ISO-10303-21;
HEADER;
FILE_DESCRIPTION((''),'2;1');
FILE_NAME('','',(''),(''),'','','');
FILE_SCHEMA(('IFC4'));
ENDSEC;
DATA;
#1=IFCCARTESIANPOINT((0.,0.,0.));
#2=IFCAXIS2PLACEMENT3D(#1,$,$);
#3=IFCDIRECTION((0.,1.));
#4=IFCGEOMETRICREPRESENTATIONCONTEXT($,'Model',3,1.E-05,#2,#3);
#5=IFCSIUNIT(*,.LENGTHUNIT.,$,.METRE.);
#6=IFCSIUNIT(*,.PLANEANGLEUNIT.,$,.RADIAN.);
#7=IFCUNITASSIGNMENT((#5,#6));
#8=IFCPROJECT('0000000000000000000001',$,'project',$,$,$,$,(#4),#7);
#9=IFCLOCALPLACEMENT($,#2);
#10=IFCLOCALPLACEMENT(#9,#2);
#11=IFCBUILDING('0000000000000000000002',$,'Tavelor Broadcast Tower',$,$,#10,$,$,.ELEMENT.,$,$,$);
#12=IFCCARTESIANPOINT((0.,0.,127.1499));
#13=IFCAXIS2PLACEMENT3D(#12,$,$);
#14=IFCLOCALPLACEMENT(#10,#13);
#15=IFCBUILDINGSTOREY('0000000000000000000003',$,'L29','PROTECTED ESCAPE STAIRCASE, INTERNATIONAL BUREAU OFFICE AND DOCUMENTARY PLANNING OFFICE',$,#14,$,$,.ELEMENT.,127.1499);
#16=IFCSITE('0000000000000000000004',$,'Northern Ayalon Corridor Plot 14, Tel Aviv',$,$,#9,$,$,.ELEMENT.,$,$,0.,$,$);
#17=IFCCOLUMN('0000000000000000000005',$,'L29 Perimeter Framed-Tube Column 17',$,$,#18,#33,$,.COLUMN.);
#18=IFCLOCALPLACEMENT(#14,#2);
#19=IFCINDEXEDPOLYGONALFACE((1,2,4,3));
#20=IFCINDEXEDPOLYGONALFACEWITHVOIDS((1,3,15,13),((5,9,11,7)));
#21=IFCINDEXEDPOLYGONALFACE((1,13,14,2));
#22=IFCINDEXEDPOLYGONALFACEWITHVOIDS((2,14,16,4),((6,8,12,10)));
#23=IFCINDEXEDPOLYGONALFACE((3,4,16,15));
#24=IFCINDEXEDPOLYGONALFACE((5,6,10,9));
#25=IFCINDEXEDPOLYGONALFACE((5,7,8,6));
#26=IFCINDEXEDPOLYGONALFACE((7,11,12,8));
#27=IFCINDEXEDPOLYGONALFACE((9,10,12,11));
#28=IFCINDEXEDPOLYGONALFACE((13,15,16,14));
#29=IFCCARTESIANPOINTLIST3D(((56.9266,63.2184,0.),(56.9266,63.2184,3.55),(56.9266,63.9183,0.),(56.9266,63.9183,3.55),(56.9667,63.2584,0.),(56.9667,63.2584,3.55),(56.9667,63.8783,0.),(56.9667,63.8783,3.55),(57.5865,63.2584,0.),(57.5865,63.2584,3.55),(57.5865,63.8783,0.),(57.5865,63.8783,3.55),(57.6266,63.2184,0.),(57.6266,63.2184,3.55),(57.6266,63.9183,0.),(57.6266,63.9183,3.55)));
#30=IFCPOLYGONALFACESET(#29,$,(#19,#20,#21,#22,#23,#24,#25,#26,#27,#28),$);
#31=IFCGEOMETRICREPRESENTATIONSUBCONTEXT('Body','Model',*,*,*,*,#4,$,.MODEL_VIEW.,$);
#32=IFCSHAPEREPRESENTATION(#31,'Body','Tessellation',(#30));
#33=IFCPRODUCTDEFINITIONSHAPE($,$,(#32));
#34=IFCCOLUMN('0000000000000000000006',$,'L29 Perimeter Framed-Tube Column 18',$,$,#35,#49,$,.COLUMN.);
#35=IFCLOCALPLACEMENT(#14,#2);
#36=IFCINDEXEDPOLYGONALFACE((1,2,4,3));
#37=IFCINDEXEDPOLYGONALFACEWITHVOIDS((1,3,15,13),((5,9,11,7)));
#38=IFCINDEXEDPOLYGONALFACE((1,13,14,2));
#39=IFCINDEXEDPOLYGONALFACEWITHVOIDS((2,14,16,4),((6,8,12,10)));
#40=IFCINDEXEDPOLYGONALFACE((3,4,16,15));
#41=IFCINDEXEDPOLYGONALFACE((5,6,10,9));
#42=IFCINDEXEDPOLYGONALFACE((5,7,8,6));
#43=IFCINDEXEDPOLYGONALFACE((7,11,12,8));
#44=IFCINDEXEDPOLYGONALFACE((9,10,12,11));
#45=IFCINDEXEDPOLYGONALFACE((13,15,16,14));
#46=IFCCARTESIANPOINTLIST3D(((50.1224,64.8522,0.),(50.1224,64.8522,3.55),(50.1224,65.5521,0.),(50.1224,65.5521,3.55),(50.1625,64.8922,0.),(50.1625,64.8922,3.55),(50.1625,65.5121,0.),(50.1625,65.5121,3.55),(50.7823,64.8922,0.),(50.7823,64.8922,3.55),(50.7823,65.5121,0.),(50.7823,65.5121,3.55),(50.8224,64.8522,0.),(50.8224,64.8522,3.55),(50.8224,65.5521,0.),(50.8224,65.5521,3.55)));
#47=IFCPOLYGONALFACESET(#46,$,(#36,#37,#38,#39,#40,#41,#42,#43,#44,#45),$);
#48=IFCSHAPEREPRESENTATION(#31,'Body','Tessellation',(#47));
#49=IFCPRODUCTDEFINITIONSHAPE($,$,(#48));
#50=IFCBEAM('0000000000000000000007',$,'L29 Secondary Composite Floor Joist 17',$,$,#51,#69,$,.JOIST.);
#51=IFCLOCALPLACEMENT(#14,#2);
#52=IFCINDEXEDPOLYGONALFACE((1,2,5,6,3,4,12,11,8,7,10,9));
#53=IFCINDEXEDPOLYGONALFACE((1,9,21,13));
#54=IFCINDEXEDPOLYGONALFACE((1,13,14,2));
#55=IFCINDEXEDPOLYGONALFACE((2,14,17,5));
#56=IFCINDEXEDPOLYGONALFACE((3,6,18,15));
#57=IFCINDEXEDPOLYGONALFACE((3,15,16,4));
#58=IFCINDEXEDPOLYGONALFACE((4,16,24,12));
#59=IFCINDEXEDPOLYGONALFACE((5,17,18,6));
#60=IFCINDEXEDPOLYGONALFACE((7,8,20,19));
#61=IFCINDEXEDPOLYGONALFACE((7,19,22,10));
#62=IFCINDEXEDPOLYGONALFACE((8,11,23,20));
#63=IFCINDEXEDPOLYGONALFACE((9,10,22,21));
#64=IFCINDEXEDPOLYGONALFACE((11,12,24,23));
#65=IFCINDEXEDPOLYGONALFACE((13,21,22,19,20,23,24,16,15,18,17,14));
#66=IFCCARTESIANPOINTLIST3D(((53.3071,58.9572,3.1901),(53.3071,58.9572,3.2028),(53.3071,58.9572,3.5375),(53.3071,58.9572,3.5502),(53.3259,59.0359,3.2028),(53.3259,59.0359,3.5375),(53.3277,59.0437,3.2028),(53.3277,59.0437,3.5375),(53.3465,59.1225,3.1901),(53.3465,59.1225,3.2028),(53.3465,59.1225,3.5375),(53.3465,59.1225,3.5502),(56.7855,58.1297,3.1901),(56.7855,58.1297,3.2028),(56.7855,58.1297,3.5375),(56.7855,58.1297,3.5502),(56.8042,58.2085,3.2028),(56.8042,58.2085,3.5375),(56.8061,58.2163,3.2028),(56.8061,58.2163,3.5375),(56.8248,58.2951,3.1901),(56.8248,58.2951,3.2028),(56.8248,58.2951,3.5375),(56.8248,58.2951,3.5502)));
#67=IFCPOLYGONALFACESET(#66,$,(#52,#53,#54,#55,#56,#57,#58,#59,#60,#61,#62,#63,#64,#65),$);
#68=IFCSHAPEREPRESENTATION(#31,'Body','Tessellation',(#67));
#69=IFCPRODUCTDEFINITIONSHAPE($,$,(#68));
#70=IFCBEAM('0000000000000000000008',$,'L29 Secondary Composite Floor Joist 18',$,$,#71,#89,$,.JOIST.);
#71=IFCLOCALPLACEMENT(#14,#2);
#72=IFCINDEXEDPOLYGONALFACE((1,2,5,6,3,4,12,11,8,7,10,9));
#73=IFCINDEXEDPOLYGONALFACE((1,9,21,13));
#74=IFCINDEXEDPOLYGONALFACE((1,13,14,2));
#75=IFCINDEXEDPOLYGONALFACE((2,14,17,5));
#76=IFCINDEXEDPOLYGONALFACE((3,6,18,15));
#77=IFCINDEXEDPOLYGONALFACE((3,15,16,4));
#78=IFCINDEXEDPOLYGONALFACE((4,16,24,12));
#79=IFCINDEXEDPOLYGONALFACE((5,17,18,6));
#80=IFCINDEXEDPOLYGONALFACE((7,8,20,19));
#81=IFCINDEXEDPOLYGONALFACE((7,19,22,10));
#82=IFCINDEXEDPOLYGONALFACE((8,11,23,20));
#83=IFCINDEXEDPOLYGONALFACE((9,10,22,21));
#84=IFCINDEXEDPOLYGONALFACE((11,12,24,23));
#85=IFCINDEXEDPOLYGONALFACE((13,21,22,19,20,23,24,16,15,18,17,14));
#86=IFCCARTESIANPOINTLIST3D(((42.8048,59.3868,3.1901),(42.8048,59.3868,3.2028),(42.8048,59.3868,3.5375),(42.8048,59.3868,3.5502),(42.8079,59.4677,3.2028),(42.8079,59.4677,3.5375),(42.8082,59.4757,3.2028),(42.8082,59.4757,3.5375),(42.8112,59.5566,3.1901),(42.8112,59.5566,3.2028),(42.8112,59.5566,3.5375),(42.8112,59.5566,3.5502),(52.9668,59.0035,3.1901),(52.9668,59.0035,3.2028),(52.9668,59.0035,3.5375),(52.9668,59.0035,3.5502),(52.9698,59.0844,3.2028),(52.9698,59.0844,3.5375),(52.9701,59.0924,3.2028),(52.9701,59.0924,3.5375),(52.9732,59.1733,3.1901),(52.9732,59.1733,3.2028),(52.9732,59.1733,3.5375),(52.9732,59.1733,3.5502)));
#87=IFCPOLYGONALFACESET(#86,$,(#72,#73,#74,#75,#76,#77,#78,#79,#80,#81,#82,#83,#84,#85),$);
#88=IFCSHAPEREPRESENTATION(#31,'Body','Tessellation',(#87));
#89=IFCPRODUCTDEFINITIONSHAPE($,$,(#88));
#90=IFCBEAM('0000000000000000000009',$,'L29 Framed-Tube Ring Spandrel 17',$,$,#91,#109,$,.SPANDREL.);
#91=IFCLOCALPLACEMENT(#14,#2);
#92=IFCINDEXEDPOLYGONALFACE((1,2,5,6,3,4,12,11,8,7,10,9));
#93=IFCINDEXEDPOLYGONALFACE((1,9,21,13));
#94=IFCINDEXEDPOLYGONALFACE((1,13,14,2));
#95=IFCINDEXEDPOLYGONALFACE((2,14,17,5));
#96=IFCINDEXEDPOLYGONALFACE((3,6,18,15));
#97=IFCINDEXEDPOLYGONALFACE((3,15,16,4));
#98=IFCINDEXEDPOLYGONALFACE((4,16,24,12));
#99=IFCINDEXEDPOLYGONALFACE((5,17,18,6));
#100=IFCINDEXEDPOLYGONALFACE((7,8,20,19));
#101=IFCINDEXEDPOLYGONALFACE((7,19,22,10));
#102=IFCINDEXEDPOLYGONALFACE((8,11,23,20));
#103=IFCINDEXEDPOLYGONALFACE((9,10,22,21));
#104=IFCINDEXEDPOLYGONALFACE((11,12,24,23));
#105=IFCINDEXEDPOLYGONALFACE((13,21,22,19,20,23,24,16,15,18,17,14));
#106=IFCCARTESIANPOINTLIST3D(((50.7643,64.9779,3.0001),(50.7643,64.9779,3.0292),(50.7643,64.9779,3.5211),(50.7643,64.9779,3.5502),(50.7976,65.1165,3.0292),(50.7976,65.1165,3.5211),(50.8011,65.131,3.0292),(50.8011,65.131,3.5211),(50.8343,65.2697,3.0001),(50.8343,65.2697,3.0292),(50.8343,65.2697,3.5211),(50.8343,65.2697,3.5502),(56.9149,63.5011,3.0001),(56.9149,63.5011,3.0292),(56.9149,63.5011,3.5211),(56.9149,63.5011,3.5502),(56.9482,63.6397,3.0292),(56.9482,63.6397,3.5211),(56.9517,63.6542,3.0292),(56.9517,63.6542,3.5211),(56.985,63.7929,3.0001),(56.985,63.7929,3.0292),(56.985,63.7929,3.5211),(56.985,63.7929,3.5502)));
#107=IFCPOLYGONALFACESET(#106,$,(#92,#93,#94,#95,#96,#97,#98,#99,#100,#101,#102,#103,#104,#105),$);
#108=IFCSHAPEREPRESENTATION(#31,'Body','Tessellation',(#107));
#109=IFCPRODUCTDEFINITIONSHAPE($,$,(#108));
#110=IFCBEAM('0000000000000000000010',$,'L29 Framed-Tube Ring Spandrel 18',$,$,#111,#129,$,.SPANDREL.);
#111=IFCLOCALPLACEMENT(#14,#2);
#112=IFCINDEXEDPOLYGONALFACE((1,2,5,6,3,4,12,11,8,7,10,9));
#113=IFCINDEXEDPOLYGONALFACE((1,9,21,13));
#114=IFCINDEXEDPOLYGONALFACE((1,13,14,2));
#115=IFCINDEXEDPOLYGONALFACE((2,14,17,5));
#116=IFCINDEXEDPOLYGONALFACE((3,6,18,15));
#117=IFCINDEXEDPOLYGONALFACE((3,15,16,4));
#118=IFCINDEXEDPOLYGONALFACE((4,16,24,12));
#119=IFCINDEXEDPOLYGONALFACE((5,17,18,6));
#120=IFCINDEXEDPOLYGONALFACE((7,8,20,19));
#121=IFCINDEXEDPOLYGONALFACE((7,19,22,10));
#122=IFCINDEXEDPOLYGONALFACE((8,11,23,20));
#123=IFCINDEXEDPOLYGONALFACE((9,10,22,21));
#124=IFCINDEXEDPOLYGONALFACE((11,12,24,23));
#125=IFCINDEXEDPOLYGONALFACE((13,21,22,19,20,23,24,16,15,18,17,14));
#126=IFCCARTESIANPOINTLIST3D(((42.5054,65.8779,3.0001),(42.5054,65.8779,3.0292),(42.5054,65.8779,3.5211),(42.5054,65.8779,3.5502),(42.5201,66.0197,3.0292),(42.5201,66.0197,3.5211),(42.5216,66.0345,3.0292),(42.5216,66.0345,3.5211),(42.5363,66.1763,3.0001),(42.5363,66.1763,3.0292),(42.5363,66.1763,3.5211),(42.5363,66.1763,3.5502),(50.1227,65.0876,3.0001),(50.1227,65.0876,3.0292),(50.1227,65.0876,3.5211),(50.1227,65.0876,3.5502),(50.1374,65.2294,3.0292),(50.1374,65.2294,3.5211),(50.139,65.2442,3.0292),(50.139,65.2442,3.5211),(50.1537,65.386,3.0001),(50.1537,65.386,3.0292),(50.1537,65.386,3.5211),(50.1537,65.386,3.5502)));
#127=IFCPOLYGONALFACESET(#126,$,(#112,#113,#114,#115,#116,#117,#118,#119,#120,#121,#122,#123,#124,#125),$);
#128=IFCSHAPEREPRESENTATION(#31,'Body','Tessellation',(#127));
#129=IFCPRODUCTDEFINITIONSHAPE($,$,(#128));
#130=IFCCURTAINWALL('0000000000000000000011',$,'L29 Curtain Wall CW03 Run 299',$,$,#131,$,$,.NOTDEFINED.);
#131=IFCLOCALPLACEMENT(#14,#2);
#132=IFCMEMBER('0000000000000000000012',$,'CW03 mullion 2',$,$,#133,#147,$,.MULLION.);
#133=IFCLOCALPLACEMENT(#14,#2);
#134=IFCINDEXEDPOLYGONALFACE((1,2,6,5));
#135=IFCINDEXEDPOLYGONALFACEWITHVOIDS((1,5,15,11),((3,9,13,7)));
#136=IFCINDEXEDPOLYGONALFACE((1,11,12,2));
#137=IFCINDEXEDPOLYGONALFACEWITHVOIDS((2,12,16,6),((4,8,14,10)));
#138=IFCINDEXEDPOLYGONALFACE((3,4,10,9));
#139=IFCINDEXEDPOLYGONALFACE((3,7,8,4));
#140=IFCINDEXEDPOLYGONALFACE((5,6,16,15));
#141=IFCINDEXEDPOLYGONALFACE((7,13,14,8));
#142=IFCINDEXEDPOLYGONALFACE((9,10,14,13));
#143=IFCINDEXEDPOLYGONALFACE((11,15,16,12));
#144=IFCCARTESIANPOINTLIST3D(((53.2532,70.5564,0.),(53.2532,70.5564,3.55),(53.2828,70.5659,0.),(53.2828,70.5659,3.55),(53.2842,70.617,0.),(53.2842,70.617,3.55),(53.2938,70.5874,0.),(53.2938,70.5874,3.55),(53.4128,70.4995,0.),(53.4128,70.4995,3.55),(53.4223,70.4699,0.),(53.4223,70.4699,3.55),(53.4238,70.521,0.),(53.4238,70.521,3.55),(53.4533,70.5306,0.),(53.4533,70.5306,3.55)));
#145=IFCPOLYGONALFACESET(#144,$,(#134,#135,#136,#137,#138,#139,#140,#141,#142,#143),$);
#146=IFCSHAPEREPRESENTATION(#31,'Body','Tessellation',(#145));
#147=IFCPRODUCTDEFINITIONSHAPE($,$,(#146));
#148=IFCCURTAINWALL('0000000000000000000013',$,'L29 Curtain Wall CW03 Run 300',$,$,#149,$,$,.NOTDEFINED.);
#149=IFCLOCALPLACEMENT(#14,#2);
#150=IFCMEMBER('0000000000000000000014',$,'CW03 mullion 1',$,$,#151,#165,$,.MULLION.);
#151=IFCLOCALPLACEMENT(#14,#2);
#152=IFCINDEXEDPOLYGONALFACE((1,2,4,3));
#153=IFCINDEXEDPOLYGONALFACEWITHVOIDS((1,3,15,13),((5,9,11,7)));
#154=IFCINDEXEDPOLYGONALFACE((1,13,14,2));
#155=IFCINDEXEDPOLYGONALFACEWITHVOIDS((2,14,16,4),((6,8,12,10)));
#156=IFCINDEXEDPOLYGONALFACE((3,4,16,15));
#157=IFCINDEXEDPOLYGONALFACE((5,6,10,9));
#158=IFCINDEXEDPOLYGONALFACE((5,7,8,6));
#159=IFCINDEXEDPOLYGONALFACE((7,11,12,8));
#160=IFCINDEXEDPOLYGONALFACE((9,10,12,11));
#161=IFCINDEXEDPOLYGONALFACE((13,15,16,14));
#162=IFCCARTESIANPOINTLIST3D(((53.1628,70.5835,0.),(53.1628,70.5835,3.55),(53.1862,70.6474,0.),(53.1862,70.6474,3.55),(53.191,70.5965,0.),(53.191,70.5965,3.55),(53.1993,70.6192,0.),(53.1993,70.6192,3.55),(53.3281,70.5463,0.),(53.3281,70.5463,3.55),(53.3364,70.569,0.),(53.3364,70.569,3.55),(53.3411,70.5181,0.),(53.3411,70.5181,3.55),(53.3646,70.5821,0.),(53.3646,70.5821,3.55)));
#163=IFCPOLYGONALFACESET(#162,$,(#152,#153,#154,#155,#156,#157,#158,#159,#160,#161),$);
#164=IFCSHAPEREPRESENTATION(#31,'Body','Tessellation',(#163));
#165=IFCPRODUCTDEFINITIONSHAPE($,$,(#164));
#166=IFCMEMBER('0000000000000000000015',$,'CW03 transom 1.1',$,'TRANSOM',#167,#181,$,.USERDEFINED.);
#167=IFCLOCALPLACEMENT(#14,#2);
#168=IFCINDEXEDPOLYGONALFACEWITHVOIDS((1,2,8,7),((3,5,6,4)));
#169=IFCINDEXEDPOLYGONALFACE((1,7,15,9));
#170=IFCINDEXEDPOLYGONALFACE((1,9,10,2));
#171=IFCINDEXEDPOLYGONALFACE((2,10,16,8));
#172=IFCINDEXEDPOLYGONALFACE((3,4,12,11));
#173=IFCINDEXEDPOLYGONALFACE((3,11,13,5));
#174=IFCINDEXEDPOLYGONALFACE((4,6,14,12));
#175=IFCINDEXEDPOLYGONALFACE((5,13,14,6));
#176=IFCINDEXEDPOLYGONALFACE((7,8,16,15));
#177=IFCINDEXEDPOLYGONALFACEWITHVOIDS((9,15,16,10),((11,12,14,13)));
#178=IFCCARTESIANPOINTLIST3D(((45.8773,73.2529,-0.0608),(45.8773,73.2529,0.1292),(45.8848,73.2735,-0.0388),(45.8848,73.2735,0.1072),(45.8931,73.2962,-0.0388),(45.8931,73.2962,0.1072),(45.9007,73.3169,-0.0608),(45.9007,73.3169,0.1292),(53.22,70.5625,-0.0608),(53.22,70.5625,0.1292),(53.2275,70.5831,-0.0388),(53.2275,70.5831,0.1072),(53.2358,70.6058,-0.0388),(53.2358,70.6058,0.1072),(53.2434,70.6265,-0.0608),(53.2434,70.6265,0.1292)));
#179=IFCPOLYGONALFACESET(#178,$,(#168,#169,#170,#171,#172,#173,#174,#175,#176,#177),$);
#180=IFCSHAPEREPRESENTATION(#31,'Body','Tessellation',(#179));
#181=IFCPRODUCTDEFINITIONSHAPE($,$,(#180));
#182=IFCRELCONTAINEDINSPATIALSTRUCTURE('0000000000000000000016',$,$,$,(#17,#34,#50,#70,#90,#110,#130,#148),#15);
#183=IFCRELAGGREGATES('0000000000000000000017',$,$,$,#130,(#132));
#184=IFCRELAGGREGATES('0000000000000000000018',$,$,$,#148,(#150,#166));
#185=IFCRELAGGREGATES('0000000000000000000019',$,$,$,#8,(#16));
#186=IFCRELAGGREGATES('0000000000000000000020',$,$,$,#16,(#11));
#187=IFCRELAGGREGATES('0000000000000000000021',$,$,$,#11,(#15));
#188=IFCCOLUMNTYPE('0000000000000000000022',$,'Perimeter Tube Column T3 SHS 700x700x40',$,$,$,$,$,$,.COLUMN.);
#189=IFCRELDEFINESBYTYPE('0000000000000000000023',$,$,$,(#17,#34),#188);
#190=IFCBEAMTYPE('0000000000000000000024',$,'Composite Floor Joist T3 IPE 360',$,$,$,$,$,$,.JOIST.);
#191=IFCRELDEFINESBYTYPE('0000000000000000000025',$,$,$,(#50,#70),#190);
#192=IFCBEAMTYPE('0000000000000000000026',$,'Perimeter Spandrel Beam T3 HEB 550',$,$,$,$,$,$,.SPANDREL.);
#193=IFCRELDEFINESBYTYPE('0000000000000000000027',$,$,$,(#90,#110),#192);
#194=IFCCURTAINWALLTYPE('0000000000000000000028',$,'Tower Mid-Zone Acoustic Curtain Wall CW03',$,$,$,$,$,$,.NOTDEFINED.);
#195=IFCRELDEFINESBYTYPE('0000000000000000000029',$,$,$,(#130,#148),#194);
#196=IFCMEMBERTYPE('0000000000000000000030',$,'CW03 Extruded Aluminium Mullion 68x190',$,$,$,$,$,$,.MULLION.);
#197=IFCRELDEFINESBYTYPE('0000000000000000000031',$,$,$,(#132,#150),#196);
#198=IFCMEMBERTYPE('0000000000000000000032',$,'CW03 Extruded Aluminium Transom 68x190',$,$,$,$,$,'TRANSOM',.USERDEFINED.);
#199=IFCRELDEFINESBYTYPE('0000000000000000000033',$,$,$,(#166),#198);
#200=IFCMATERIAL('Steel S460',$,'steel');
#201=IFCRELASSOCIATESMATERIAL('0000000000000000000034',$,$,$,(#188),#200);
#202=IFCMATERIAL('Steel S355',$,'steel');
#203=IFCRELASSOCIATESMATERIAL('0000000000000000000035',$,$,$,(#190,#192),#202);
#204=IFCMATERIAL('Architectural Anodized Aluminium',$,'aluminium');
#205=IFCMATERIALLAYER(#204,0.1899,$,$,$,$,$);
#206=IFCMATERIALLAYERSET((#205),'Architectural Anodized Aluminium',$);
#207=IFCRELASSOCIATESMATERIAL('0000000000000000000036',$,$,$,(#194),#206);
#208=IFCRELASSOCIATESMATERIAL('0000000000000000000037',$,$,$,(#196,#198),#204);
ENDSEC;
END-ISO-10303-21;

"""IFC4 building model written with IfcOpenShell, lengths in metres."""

from ifc_helpers import new_model, si_unit, direction, frame, origin, origin_2d, place, context, subcontext, project, spatial, hollow_rectangle, i_section, extrude, source, transform, mapped, material, layer, layer_set, material_profile, profile_set, type_object, type_shapes, element, aggregate, save


model = new_model("IFC4")

# Units and contexts
model_context = context("Model", 3, precision=1e-05, world=origin(), true_north=direction((0.0, 1.0)))
body_context = subcontext(model_context, "Body", "Model", "MODEL_VIEW")
ifc_project = project(units=[si_unit("LENGTHUNIT", "METRE"), si_unit("PLANEANGLEUNIT", "RADIAN")], contexts=[model_context])

# Site, building, storey
site_placement = place(None, origin())
site = spatial("IfcSite", under=ifc_project, at=site_placement, Name="Northern Ayalon Corridor Plot 14, Tel Aviv", CompositionType="ELEMENT", RefElevation=0.0)
building_placement = place(site_placement, origin())
building = spatial("IfcBuilding", under=site, at=building_placement, Name="Tavelor Broadcast Tower", CompositionType="ELEMENT")
storey_placement = place(building_placement, frame((0.0, 0.0, 127.1499)))
storey = spatial("IfcBuildingStorey", under=building, at=storey_placement, Name="L29", Description="PROTECTED ESCAPE STAIRCASE, INTERNATIONAL BUREAU OFFICE AND DOCUMENTARY PLANNING OFFICE", CompositionType="ELEMENT", Elevation=127.1499)

# Columns
ifc_material_1 = material(Name="Steel S460", Category="steel")
ifc_material_profile_1 = material_profile(ifc_material_1, hollow_rectangle(XDim=0.7, YDim=0.7, WallThickness=0.04, at=origin_2d()), Name="SHS 700x700x40")
ifc_profile_set_1 = profile_set([ifc_material_profile_1], Name="Steel S460")
column_type = type_object("IfcColumnType", Name="Perimeter Tube Column T3 SHS 700x700x40", PredefinedType="COLUMN", material=ifc_profile_set_1)
for number, where, z_axis, x_axis, name in (
    (1, (57.2766, 63.5684, 0.0), (0.0, 0.0, 1.0), (1.0, 0.0, 0.0), "L29 Perimeter Framed-Tube Column 17"),
    (2, (50.4724, 65.2021, 0.0), (0.0, 0.0, 1.0), (1.0, 0.0, 0.0), "L29 Perimeter Framed-Tube Column 18"),
):
    element("IfcColumn", number, at=place(storey_placement, frame(where, z_axis=z_axis, x_axis=x_axis)), inside=storey, type_object=column_type, Name=name, PredefinedType="COLUMN", context=body_context, shape_type="SweptSolid", body=[
        extrude(hollow_rectangle(XDim=0.7, YDim=0.7, WallThickness=0.04, at=origin_2d()), origin(), (0.0, 0.0, 1.0), 3.55),
    ])

# Beams
ifc_material_2 = material(Name="Steel S355", Category="steel")
ifc_material_profile_2 = material_profile(ifc_material_2, i_section(OverallWidth=0.1699, OverallDepth=0.3601, WebThickness=0.0081, FlangeThickness=0.0127, at=origin_2d()), Name="IPE 360")
ifc_profile_set_2 = profile_set([ifc_material_profile_2], Name="Steel S355")
beam_type_1 = type_object("IfcBeamType", Name="Composite Floor Joist T3 IPE 360", PredefinedType="JOIST", material=ifc_profile_set_2)
beam_1_placement = place(storey_placement, frame((56.8052, 58.2124, 3.3701), z_axis=(-0.972855, 0.231417, 0.0), x_axis=(-0.231417, -0.972855, 0.0)))
element("IfcBeam", 3, at=beam_1_placement, inside=storey, type_object=beam_type_1, Name="L29 Secondary Composite Floor Joist 17", PredefinedType="JOIST", context=body_context, shape_type="SweptSolid", body=[
    extrude(i_section(OverallWidth=0.1699, OverallDepth=0.3601, WebThickness=0.0081, FlangeThickness=0.0127, at=origin_2d()), origin(), (0.0, 0.0, 1.0), 3.5754),
])
beam_2_placement = place(storey_placement, frame((52.97, 59.0884, 3.3701), z_axis=(-0.999289, 0.037693, 0.0), x_axis=(-0.037693, -0.999289, 0.0)))
element("IfcBeam", 4, at=beam_2_placement, inside=storey, type_object=beam_type_1, Name="L29 Secondary Composite Floor Joist 18", PredefinedType="JOIST", context=body_context, shape_type="SweptSolid", body=[
    extrude(i_section(OverallWidth=0.1699, OverallDepth=0.3601, WebThickness=0.0081, FlangeThickness=0.0127, at=origin_2d()), origin(), (0.0, 0.0, 1.0), 10.1692),
])
ifc_material_profile_3 = material_profile(ifc_material_2, i_section(OverallWidth=0.3, OverallDepth=0.55, WebThickness=0.0149, FlangeThickness=0.0291, at=origin_2d()), Name="HEB 550")
ifc_profile_set_3 = profile_set([ifc_material_profile_3], Name="Steel S355")
beam_type_2 = type_object("IfcBeamType", Name="Perimeter Spandrel Beam T3 HEB 550", PredefinedType="SPANDREL", material=ifc_profile_set_3)
beam_3_placement = place(storey_placement, frame((56.95, 63.647, 3.2751), z_axis=(-0.972364, 0.233471, 0.0), x_axis=(-0.233471, -0.972364, 0.0)))
element("IfcBeam", 5, at=beam_3_placement, inside=storey, type_object=beam_type_2, Name="L29 Framed-Tube Ring Spandrel 17", PredefinedType="SPANDREL", context=body_context, shape_type="SweptSolid", body=[
    extrude(i_section(OverallWidth=0.3, OverallDepth=0.55, WebThickness=0.0149, FlangeThickness=0.0291, at=origin_2d()), origin(), (0.0, 0.0, 1.0), 6.3254),
])
beam_4_placement = place(storey_placement, frame((50.1382, 65.2368, 3.2751), z_axis=(-0.994661, 0.103193, 0.0), x_axis=(-0.103193, -0.994661, 0.0)))
element("IfcBeam", 6, at=beam_4_placement, inside=storey, type_object=beam_type_2, Name="L29 Framed-Tube Ring Spandrel 18", PredefinedType="SPANDREL", context=body_context, shape_type="SweptSolid", body=[
    extrude(i_section(OverallWidth=0.3, OverallDepth=0.55, WebThickness=0.0149, FlangeThickness=0.0291, at=origin_2d()), origin(), (0.0, 0.0, 1.0), 7.6582),
])

# Curtain wall, member
ifc_material_3 = material(Name="Architectural Anodized Aluminium", Category="aluminium")
ifc_layer_1 = layer(ifc_material_3, 0.1899)
ifc_layer_set_1 = layer_set([ifc_layer_1], Name="Architectural Anodized Aluminium")
curtain_wall_type = type_object("IfcCurtainWallType", Name="Tower Mid-Zone Acoustic Curtain Wall CW03", PredefinedType="NOTDEFINED", material=ifc_layer_set_1)
curtain_wall_1_placement = place(storey_placement, origin())
curtain_wall_1 = element("IfcCurtainWall", 7, at=curtain_wall_1_placement, inside=storey, type_object=curtain_wall_type, Name="L29 Curtain Wall CW03 Run 299", PredefinedType="NOTDEFINED")
ifc_material_profile_4 = material_profile(ifc_material_3, hollow_rectangle(XDim=0.0681, YDim=0.1899, WallThickness=0.022, at=origin_2d()), Name="RHS 68x190x22")
ifc_profile_set_4 = profile_set([ifc_material_profile_4], Name="Architectural Anodized Aluminium")
member_type_1 = type_object("IfcMemberType", Name="CW03 Extruded Aluminium Mullion 68x190", PredefinedType="MULLION", material=ifc_profile_set_4)
shared_shape_1 = source(origin(), body_context, "Body", "SweptSolid", [
    extrude(hollow_rectangle(XDim=0.0681, YDim=0.1899, WallThickness=0.022, at=origin_2d()), origin(), (0.0, 0.0, 1.0), 3.55),
])
type_shapes(member_type_1, [shared_shape_1])
member_1_placement = place(storey_placement, frame((53.3533, 70.5435, 0.0), z_axis=(0.0, 0.0, 1.0), x_axis=(-0.455145, -0.890417, 0.0)))
member_1 = element("IfcMember", 8, at=member_1_placement, type_object=member_type_1, Name="CW03 mullion 2", PredefinedType="MULLION", context=body_context, shape_type="MappedRepresentation", body=[
    mapped(shared_shape_1, transform((0.0, 0.0, 0.0), scale=1.0)),
])

# Curtain wall, members
curtain_wall_2_placement = place(storey_placement, origin())
curtain_wall_2 = element("IfcCurtainWall", 9, at=curtain_wall_2_placement, inside=storey, type_object=curtain_wall_type, Name="L29 Curtain Wall CW03 Run 300", PredefinedType="NOTDEFINED")
member_2_placement = place(storey_placement, frame((53.2637, 70.5828, 0.0), z_axis=(0.0, 0.0, 1.0), x_axis=(-0.344039, -0.938955, 0.0)))
member_2 = element("IfcMember", 10, at=member_2_placement, type_object=member_type_1, Name="CW03 mullion 1", PredefinedType="MULLION", context=body_context, shape_type="MappedRepresentation", body=[
    mapped(shared_shape_1, transform((0.0, 0.0, 0.0), scale=1.0)),
])
ifc_material_profile_5 = material_profile(ifc_material_3, hollow_rectangle(XDim=0.0681, YDim=0.1899, WallThickness=0.022, at=origin_2d()), Name="RHS 68x190x22")
ifc_profile_set_5 = profile_set([ifc_material_profile_5], Name="Architectural Anodized Aluminium")
member_type_2 = type_object("IfcMemberType", Name="CW03 Extruded Aluminium Transom 68x190", ElementType="TRANSOM", PredefinedType="USERDEFINED", material=ifc_profile_set_5)
shared_shape_2 = source(origin(), body_context, "Body", "SweptSolid", [
    extrude(hollow_rectangle(XDim=0.0681, YDim=0.1899, WallThickness=0.022, at=origin_2d()), origin(), (0.0, 0.0, 1.0), 7.8201),
])
type_shapes(member_type_2, [shared_shape_2])
member_3_placement = place(storey_placement, frame((53.2317, 70.5945, 0.0342), z_axis=(-0.938956, 0.344038, 0.0), x_axis=(-0.344038, -0.938956, 0.0)))
member_3 = element("IfcMember", 11, at=member_3_placement, type_object=member_type_2, Name="CW03 transom 1.1", ObjectType="TRANSOM", PredefinedType="USERDEFINED", context=body_context, shape_type="MappedRepresentation", body=[
    mapped(shared_shape_2, transform((0.0, 0.0, 0.0), scale=1.0)),
])

aggregate(curtain_wall_1, [member_1])
aggregate(curtain_wall_2, [member_2, member_3])

save(model, "model.ifc")
